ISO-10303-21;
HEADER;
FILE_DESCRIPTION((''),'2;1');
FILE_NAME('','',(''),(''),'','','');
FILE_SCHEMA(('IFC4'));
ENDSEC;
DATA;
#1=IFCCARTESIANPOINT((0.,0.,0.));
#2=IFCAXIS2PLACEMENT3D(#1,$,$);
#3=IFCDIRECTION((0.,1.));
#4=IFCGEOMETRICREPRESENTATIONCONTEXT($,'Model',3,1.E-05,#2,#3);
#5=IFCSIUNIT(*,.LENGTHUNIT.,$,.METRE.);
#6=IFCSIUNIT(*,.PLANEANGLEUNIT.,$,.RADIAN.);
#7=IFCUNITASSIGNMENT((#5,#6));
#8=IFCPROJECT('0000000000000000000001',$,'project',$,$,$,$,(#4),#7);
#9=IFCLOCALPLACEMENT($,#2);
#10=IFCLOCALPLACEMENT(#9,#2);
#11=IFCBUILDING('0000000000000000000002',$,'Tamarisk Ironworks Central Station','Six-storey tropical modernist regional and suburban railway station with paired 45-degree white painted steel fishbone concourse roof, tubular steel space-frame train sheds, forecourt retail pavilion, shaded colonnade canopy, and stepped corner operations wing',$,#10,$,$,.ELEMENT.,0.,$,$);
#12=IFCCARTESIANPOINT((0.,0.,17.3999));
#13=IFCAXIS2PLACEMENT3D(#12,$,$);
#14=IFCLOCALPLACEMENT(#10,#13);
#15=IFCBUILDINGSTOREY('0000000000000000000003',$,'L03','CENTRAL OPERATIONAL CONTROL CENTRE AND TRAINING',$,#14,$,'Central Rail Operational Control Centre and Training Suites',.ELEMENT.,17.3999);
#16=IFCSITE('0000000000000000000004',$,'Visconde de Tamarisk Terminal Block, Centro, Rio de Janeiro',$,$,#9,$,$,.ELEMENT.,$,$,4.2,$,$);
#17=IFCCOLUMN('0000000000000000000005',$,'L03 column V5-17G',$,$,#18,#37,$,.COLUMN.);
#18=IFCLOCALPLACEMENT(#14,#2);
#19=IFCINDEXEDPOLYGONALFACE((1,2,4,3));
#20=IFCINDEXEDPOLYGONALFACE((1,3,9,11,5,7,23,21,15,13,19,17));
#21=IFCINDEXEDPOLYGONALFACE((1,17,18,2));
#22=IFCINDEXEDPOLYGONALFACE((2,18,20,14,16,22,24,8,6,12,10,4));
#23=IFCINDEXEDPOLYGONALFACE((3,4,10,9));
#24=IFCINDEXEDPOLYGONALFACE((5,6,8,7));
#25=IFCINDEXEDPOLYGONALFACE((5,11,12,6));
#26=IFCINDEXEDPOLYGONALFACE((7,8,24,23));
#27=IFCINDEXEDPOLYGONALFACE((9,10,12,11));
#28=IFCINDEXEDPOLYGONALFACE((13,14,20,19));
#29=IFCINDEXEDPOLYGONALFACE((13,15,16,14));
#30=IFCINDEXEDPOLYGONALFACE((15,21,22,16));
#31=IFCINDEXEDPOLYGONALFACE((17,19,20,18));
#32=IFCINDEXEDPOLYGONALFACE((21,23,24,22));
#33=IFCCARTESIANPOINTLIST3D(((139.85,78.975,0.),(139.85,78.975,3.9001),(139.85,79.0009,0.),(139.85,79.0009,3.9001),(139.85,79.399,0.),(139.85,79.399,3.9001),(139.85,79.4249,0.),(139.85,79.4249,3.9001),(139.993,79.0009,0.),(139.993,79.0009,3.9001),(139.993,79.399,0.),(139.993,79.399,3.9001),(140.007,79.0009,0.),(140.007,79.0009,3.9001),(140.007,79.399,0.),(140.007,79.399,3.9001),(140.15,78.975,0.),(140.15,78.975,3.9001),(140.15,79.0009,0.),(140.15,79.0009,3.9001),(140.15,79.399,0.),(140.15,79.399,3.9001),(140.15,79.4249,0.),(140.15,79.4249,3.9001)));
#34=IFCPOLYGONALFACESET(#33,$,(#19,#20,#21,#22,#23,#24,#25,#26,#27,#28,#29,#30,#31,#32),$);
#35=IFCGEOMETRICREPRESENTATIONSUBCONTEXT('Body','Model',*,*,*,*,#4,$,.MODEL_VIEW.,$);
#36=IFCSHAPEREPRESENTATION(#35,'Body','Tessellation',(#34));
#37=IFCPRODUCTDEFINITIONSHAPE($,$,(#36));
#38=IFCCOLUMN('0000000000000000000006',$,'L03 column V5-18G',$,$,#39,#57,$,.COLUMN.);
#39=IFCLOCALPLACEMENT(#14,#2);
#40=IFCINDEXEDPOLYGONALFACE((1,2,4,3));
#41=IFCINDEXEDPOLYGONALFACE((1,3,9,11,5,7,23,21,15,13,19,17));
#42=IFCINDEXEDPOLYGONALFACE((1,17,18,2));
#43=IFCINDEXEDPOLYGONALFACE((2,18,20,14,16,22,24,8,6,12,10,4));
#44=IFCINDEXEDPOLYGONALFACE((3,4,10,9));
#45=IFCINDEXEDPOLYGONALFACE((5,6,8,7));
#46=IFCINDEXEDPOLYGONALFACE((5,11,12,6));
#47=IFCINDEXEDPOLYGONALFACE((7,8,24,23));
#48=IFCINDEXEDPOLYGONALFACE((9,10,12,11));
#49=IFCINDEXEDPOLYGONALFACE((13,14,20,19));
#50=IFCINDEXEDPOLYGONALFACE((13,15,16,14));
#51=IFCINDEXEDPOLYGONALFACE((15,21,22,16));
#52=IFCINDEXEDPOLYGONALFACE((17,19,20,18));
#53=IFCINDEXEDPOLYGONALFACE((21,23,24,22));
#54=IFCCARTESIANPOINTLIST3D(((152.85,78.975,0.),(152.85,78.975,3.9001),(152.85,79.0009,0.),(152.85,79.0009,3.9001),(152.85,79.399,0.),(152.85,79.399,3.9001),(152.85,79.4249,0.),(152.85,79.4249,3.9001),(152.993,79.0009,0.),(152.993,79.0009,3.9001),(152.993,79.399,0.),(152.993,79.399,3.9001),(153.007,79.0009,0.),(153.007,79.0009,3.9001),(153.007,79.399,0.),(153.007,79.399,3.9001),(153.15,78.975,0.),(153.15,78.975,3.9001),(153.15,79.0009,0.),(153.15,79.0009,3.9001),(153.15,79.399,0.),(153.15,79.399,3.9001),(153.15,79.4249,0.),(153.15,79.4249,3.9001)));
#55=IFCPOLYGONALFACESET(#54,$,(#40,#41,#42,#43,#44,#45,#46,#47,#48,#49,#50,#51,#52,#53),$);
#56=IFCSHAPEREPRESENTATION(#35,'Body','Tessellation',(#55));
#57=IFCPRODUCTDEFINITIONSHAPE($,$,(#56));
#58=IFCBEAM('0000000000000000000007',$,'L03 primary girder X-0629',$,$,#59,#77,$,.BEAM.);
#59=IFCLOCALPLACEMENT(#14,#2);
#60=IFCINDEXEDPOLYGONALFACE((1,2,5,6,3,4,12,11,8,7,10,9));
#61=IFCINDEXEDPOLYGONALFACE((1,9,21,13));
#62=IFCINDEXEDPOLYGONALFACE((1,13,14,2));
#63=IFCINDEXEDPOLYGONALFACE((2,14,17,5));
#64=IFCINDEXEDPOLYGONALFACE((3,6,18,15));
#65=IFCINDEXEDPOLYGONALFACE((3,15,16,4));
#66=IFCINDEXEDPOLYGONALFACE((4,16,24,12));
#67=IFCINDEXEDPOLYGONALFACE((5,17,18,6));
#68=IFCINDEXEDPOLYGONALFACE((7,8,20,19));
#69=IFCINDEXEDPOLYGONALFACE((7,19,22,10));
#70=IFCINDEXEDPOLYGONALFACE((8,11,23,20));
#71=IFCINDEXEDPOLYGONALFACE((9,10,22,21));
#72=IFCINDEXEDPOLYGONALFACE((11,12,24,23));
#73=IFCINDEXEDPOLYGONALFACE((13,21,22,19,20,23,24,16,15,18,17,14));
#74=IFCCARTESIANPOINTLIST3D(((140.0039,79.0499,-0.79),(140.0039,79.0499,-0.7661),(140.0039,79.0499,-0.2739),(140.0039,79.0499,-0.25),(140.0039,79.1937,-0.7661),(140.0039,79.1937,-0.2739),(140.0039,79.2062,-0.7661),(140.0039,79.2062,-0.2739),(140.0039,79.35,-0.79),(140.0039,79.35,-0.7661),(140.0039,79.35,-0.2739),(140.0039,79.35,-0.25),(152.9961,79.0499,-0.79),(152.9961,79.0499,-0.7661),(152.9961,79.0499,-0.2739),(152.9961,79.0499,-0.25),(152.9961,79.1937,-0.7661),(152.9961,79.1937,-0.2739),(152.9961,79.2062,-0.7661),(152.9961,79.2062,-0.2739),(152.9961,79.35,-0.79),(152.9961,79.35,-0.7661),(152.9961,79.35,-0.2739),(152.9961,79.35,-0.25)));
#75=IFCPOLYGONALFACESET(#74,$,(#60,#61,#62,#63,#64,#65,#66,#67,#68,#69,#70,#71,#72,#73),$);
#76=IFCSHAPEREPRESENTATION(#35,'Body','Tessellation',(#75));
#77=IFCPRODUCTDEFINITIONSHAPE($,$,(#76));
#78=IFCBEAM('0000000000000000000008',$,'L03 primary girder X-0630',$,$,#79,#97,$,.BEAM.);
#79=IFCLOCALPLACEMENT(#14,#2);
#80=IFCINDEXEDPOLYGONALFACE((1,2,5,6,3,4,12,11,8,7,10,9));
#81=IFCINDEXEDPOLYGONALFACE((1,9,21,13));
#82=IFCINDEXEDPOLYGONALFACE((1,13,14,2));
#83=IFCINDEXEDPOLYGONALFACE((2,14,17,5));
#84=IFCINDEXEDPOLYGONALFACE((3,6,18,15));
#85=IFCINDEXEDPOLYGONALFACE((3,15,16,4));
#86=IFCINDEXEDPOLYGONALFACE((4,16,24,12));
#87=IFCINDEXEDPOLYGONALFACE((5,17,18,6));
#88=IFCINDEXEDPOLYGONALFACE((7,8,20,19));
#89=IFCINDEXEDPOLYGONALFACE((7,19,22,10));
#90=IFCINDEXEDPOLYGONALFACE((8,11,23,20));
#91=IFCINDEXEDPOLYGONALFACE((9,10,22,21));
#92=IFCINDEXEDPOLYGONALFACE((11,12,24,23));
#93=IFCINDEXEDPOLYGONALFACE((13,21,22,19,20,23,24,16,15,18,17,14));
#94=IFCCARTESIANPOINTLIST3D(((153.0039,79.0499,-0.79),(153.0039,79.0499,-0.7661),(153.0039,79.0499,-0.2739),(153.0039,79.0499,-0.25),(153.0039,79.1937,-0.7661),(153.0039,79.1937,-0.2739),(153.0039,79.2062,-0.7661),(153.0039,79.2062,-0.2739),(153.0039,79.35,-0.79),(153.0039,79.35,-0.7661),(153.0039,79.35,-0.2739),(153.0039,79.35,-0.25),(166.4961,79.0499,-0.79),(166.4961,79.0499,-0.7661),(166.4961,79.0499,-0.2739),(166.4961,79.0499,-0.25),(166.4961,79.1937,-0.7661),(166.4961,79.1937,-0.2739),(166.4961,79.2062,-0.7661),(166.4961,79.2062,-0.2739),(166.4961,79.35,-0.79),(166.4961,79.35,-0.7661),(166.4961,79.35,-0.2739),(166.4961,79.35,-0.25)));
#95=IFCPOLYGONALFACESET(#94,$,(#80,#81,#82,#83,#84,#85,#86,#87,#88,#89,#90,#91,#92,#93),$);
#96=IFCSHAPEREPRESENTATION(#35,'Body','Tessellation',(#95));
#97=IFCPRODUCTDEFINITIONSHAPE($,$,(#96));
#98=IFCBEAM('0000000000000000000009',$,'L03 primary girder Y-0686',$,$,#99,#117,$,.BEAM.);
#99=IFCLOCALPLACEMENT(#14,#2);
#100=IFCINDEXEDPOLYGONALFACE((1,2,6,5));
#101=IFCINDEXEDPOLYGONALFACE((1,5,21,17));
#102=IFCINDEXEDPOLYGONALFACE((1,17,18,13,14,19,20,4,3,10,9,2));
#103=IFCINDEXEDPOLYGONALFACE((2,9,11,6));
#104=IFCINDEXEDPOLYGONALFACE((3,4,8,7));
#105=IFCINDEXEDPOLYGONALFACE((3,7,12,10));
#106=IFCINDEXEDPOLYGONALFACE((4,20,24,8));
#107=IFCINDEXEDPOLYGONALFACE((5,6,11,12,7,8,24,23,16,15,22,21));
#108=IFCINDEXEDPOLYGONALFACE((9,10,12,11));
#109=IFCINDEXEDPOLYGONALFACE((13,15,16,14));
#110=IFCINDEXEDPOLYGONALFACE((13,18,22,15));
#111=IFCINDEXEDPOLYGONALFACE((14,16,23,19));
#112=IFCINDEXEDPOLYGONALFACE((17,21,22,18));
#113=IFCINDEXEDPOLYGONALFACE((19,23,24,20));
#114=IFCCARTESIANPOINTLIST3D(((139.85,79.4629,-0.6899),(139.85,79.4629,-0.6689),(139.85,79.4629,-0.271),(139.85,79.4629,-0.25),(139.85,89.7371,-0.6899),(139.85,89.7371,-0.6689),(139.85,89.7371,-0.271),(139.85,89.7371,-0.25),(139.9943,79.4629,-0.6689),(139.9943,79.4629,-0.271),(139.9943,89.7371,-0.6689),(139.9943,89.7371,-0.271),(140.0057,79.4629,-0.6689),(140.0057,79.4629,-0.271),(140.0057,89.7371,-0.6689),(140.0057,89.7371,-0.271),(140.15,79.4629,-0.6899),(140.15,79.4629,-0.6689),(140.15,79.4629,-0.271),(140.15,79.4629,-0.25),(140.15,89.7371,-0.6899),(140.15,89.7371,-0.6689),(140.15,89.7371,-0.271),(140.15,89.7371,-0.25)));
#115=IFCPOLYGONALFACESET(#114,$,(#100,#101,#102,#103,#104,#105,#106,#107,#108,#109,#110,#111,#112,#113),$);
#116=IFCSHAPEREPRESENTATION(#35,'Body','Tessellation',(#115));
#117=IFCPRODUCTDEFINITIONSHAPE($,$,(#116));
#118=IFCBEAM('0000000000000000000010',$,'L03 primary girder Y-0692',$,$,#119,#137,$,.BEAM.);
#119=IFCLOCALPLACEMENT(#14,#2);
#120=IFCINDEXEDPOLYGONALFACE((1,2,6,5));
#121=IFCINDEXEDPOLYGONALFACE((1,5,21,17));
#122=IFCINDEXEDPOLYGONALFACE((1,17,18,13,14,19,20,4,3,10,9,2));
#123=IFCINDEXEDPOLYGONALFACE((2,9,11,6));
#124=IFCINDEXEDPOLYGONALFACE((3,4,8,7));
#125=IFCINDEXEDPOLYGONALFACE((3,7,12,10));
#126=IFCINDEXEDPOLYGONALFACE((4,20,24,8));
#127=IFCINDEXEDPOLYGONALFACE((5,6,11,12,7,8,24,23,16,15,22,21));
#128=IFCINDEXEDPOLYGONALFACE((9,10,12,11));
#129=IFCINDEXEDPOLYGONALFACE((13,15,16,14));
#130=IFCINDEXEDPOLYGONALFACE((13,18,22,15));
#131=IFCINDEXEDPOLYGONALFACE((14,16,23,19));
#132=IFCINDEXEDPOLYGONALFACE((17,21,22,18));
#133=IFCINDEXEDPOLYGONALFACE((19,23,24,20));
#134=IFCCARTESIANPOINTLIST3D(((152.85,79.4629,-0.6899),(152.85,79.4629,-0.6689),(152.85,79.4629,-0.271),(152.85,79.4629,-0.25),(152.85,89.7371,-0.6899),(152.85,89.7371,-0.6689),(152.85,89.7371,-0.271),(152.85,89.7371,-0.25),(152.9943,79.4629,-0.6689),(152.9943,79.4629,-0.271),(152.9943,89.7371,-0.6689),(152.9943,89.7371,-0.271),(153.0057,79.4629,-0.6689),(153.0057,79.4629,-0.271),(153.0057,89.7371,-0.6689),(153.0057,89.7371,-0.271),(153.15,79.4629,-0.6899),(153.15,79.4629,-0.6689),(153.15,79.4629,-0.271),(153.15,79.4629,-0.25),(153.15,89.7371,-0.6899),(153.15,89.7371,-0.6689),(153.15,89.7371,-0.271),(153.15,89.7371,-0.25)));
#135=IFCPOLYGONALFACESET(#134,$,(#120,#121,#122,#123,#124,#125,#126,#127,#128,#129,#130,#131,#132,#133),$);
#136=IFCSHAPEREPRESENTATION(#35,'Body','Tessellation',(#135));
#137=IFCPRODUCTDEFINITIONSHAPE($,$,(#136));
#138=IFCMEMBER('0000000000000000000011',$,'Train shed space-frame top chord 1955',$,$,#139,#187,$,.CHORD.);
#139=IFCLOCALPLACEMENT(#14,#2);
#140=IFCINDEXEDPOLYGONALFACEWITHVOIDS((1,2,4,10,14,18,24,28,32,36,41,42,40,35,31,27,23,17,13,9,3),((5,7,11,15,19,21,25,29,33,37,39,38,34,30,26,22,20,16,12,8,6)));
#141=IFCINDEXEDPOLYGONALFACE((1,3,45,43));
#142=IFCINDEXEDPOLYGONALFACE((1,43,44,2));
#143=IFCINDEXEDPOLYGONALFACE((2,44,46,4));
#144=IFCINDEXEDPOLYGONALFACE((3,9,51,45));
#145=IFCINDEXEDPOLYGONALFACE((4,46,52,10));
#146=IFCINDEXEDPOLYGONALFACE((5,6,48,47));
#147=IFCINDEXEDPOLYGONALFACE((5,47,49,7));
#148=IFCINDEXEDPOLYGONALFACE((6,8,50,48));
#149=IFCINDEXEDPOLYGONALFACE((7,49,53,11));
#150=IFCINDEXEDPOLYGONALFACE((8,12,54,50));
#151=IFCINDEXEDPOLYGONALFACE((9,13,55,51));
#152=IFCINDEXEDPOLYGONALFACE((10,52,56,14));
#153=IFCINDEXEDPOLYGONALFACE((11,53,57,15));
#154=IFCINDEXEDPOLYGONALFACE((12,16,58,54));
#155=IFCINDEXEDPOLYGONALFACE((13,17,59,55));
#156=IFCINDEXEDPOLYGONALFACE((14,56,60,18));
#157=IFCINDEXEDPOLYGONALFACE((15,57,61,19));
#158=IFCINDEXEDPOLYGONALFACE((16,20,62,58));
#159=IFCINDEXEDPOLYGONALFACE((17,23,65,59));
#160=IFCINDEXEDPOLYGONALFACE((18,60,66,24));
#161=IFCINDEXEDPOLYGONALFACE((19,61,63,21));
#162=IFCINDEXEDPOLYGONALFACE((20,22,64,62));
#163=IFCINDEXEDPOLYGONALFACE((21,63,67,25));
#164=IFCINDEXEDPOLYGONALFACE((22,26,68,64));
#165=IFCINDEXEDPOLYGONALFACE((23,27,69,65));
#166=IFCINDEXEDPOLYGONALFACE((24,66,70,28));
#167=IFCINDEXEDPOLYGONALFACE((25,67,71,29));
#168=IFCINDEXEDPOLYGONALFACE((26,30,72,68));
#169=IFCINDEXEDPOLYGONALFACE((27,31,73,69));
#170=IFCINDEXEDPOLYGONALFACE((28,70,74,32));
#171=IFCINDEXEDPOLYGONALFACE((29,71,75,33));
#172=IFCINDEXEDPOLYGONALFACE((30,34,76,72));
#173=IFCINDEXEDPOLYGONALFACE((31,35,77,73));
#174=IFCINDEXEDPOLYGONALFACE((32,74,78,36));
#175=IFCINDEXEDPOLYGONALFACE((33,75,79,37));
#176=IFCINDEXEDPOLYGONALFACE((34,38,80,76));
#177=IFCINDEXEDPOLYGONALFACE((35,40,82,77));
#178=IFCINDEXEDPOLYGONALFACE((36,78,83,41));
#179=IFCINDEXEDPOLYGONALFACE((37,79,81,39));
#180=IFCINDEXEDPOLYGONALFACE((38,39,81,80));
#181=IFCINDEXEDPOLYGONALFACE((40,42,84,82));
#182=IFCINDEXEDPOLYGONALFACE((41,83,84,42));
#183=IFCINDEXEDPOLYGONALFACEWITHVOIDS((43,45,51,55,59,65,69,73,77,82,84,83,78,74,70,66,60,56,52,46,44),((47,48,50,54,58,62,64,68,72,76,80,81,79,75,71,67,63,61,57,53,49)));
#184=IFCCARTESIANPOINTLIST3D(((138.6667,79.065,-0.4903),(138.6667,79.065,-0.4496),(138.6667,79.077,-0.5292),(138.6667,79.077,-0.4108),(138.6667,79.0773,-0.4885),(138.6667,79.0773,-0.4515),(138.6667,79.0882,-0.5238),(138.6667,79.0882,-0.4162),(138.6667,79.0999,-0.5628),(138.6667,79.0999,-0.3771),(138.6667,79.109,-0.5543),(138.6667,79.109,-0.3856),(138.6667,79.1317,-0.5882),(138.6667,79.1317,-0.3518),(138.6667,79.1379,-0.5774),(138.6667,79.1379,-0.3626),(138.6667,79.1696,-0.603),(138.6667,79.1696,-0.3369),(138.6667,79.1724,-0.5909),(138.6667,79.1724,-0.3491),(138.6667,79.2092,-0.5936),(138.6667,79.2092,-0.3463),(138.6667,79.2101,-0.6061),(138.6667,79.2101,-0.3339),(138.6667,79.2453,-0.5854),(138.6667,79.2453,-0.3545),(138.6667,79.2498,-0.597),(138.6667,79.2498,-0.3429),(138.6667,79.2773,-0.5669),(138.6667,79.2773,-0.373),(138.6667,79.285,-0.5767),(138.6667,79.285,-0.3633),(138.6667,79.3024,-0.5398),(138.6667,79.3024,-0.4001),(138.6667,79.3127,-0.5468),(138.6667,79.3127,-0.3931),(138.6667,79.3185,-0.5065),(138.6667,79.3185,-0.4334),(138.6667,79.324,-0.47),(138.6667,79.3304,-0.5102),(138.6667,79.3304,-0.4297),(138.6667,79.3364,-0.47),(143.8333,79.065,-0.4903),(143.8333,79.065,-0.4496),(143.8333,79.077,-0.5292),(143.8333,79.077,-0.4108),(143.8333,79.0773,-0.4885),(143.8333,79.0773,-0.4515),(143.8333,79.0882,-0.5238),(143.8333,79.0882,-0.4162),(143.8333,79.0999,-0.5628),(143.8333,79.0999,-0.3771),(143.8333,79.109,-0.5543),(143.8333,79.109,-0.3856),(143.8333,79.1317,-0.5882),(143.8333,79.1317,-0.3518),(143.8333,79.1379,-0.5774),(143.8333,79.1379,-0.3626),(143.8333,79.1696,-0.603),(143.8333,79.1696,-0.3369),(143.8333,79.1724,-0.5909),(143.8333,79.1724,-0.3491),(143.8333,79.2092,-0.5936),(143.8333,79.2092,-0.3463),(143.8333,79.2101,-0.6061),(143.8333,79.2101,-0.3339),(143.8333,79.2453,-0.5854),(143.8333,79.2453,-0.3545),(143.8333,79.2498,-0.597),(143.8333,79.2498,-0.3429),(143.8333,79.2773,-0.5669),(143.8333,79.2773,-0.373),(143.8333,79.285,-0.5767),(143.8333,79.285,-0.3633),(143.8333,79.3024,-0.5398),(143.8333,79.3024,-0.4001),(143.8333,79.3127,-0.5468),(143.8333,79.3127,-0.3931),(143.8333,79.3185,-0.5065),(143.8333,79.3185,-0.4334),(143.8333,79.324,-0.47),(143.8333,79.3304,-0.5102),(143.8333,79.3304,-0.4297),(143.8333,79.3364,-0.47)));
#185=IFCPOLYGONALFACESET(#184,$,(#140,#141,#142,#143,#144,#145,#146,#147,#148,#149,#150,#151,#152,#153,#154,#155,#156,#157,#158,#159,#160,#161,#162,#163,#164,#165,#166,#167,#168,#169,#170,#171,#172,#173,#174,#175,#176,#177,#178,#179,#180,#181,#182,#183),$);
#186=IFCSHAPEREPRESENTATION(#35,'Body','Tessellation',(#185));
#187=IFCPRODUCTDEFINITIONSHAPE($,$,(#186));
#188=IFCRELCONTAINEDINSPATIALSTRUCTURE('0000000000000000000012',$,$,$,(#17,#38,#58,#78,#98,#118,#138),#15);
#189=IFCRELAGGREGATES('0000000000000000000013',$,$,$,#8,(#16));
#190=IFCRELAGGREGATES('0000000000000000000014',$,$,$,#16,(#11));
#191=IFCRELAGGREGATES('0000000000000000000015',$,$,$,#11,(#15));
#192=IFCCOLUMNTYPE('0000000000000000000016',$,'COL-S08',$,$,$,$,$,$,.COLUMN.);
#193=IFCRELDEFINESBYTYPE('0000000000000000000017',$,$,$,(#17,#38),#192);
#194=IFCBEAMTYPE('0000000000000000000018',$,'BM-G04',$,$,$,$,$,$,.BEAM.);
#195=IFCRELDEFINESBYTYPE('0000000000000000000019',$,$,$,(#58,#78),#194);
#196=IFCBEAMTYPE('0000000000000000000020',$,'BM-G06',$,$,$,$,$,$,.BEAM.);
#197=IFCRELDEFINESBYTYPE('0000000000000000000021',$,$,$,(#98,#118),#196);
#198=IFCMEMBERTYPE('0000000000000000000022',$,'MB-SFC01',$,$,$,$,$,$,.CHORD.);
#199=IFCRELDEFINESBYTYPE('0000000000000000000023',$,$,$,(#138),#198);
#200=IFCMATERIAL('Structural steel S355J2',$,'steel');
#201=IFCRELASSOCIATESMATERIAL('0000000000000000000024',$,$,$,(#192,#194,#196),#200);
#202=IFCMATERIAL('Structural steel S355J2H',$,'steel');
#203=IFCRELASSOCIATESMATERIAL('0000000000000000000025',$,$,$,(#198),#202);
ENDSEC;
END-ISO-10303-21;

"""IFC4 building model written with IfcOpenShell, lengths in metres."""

from ifc_helpers import new_model, si_unit, direction, frame, origin, origin_2d, place, context, subcontext, project, spatial, hollow_circle, i_section, extrude, material, material_profile, profile_set, type_object, element, save


model = new_model("IFC4")

# Units and contexts
model_context = context("Model", 3, precision=1e-05, world=origin(), true_north=direction((0.0, 1.0)))
body_context = subcontext(model_context, "Body", "Model", "MODEL_VIEW")
ifc_project = project(units=[si_unit("LENGTHUNIT", "METRE"), si_unit("PLANEANGLEUNIT", "RADIAN")], contexts=[model_context])

# Site, building, storey
site_placement = place(None, origin())
site = spatial("IfcSite", under=ifc_project, at=site_placement, Name="Visconde de Tamarisk Terminal Block, Centro, Rio de Janeiro", CompositionType="ELEMENT", RefElevation=4.2)
building_placement = place(site_placement, origin())
building = spatial("IfcBuilding", under=site, at=building_placement, Name="Tamarisk Ironworks Central Station", Description="Six-storey tropical modernist regional and suburban railway station with paired 45-degree white painted steel fishbone concourse roof, tubular steel space-frame train sheds, forecourt retail pavilion, shaded colonnade canopy, and stepped corner operations wing", CompositionType="ELEMENT", ElevationOfRefHeight=0.0)
storey_placement = place(building_placement, frame((0.0, 0.0, 17.3999)))
storey = spatial("IfcBuildingStorey", under=building, at=storey_placement, Name="L03", Description="CENTRAL OPERATIONAL CONTROL CENTRE AND TRAINING", LongName="Central Rail Operational Control Centre and Training Suites", CompositionType="ELEMENT", Elevation=17.3999)

# Columns
ifc_material_1 = material(Name="Structural steel S355J2", Category="steel")
ifc_material_profile_1 = material_profile(ifc_material_1, i_section(OverallWidth=0.3, OverallDepth=0.45, WebThickness=0.0139, FlangeThickness=0.0259, at=origin_2d()), Name="HEB 450")
ifc_profile_set_1 = profile_set([ifc_material_profile_1], Name="Structural steel S355J2")
column_type = type_object("IfcColumnType", Name="COL-S08", PredefinedType="COLUMN", material=ifc_profile_set_1)
for number, where, z_axis, x_axis, name in (
    (1, (140.0, 79.2, 0.0), (0.0, 0.0, 1.0), (1.0, 0.0, 0.0), "L03 column V5-17G"),
    (2, (153.0, 79.2, 0.0), (0.0, 0.0, 1.0), (1.0, 0.0, 0.0), "L03 column V5-18G"),
):
    element("IfcColumn", number, at=place(storey_placement, frame(where, z_axis=z_axis, x_axis=x_axis)), inside=storey, type_object=column_type, Name=name, PredefinedType="COLUMN", context=body_context, shape_type="SweptSolid", body=[
        extrude(i_section(OverallWidth=0.3, OverallDepth=0.45, WebThickness=0.0139, FlangeThickness=0.0259, at=origin_2d()), origin(), (0.0, 0.0, 1.0), 3.9001),
    ])

# Beams
ifc_material_profile_2 = material_profile(ifc_material_1, i_section(OverallWidth=0.3, OverallDepth=0.54, WebThickness=0.0125, FlangeThickness=0.0239, at=origin_2d()), Name="HEA 550")
ifc_profile_set_2 = profile_set([ifc_material_profile_2], Name="Structural steel S355J2")
beam_type_1 = type_object("IfcBeamType", Name="BM-G04", PredefinedType="BEAM", material=ifc_profile_set_2)
beam_1_placement = place(storey_placement, frame((140.0039, 79.2, -0.52), z_axis=(1.0, 0.0, 0.0), x_axis=(0.0, 1.0, 0.0)))
element("IfcBeam", 3, at=beam_1_placement, inside=storey, type_object=beam_type_1, Name="L03 primary girder X-0629", PredefinedType="BEAM", context=body_context, shape_type="SweptSolid", body=[
    extrude(i_section(OverallWidth=0.3, OverallDepth=0.54, WebThickness=0.0125, FlangeThickness=0.0239, at=origin_2d()), origin(), (0.0, 0.0, 1.0), 12.9922),
])
beam_2_placement = place(storey_placement, frame((153.0039, 79.2, -0.52), z_axis=(1.0, 0.0, 0.0), x_axis=(0.0, 1.0, 0.0)))
element("IfcBeam", 4, at=beam_2_placement, inside=storey, type_object=beam_type_1, Name="L03 primary girder X-0630", PredefinedType="BEAM", context=body_context, shape_type="SweptSolid", body=[
    extrude(i_section(OverallWidth=0.3, OverallDepth=0.54, WebThickness=0.0125, FlangeThickness=0.0239, at=origin_2d()), origin(), (0.0, 0.0, 1.0), 13.4922),
])
ifc_material_profile_3 = material_profile(ifc_material_1, i_section(OverallWidth=0.3, OverallDepth=0.4399, WebThickness=0.0115, FlangeThickness=0.021, at=origin_2d()), Name="HEA 450")
ifc_profile_set_3 = profile_set([ifc_material_profile_3], Name="Structural steel S355J2")
beam_type_2 = type_object("IfcBeamType", Name="BM-G06", PredefinedType="BEAM", material=ifc_profile_set_3)
for number, where, z_axis, x_axis, name in (
    (5, (140.0, 79.4629, -0.47), (0.0, 1.0, 0.0), (-1.0, 0.0, 0.0), "L03 primary girder Y-0686"),
    (6, (153.0, 79.4629, -0.47), (0.0, 1.0, 0.0), (-1.0, 0.0, 0.0), "L03 primary girder Y-0692"),
):
    element("IfcBeam", number, at=place(storey_placement, frame(where, z_axis=z_axis, x_axis=x_axis)), inside=storey, type_object=beam_type_2, Name=name, PredefinedType="BEAM", context=body_context, shape_type="SweptSolid", body=[
        extrude(i_section(OverallWidth=0.3, OverallDepth=0.4399, WebThickness=0.0115, FlangeThickness=0.021, at=origin_2d()), origin(), (0.0, 0.0, 1.0), 10.2742),
    ])

# Member
ifc_material_2 = material(Name="Structural steel S355J2H", Category="steel")
ifc_material_profile_4 = material_profile(ifc_material_2, hollow_circle(Radius=0.1365, WallThickness=0.0125, at=origin_2d()), Name="CHS 273x12.5")
ifc_profile_set_4 = profile_set([ifc_material_profile_4], Name="Structural steel S355J2H")
member_type_1 = type_object("IfcMemberType", Name="MB-SFC01", PredefinedType="CHORD", material=ifc_profile_set_4)
member_placement = place(storey_placement, frame((138.6667, 79.2, -0.47), z_axis=(1.0, 0.0, 0.0), x_axis=(0.0, 1.0, 0.0)))
element("IfcMember", 7, at=member_placement, inside=storey, type_object=member_type_1, Name="Train shed space-frame top chord 1955", PredefinedType="CHORD", context=body_context, shape_type="SweptSolid", body=[
    extrude(hollow_circle(Radius=0.1365, WallThickness=0.0125, at=origin_2d()), origin(), (0.0, 0.0, 1.0), 5.1665),
])

save(model, "model.ifc")
